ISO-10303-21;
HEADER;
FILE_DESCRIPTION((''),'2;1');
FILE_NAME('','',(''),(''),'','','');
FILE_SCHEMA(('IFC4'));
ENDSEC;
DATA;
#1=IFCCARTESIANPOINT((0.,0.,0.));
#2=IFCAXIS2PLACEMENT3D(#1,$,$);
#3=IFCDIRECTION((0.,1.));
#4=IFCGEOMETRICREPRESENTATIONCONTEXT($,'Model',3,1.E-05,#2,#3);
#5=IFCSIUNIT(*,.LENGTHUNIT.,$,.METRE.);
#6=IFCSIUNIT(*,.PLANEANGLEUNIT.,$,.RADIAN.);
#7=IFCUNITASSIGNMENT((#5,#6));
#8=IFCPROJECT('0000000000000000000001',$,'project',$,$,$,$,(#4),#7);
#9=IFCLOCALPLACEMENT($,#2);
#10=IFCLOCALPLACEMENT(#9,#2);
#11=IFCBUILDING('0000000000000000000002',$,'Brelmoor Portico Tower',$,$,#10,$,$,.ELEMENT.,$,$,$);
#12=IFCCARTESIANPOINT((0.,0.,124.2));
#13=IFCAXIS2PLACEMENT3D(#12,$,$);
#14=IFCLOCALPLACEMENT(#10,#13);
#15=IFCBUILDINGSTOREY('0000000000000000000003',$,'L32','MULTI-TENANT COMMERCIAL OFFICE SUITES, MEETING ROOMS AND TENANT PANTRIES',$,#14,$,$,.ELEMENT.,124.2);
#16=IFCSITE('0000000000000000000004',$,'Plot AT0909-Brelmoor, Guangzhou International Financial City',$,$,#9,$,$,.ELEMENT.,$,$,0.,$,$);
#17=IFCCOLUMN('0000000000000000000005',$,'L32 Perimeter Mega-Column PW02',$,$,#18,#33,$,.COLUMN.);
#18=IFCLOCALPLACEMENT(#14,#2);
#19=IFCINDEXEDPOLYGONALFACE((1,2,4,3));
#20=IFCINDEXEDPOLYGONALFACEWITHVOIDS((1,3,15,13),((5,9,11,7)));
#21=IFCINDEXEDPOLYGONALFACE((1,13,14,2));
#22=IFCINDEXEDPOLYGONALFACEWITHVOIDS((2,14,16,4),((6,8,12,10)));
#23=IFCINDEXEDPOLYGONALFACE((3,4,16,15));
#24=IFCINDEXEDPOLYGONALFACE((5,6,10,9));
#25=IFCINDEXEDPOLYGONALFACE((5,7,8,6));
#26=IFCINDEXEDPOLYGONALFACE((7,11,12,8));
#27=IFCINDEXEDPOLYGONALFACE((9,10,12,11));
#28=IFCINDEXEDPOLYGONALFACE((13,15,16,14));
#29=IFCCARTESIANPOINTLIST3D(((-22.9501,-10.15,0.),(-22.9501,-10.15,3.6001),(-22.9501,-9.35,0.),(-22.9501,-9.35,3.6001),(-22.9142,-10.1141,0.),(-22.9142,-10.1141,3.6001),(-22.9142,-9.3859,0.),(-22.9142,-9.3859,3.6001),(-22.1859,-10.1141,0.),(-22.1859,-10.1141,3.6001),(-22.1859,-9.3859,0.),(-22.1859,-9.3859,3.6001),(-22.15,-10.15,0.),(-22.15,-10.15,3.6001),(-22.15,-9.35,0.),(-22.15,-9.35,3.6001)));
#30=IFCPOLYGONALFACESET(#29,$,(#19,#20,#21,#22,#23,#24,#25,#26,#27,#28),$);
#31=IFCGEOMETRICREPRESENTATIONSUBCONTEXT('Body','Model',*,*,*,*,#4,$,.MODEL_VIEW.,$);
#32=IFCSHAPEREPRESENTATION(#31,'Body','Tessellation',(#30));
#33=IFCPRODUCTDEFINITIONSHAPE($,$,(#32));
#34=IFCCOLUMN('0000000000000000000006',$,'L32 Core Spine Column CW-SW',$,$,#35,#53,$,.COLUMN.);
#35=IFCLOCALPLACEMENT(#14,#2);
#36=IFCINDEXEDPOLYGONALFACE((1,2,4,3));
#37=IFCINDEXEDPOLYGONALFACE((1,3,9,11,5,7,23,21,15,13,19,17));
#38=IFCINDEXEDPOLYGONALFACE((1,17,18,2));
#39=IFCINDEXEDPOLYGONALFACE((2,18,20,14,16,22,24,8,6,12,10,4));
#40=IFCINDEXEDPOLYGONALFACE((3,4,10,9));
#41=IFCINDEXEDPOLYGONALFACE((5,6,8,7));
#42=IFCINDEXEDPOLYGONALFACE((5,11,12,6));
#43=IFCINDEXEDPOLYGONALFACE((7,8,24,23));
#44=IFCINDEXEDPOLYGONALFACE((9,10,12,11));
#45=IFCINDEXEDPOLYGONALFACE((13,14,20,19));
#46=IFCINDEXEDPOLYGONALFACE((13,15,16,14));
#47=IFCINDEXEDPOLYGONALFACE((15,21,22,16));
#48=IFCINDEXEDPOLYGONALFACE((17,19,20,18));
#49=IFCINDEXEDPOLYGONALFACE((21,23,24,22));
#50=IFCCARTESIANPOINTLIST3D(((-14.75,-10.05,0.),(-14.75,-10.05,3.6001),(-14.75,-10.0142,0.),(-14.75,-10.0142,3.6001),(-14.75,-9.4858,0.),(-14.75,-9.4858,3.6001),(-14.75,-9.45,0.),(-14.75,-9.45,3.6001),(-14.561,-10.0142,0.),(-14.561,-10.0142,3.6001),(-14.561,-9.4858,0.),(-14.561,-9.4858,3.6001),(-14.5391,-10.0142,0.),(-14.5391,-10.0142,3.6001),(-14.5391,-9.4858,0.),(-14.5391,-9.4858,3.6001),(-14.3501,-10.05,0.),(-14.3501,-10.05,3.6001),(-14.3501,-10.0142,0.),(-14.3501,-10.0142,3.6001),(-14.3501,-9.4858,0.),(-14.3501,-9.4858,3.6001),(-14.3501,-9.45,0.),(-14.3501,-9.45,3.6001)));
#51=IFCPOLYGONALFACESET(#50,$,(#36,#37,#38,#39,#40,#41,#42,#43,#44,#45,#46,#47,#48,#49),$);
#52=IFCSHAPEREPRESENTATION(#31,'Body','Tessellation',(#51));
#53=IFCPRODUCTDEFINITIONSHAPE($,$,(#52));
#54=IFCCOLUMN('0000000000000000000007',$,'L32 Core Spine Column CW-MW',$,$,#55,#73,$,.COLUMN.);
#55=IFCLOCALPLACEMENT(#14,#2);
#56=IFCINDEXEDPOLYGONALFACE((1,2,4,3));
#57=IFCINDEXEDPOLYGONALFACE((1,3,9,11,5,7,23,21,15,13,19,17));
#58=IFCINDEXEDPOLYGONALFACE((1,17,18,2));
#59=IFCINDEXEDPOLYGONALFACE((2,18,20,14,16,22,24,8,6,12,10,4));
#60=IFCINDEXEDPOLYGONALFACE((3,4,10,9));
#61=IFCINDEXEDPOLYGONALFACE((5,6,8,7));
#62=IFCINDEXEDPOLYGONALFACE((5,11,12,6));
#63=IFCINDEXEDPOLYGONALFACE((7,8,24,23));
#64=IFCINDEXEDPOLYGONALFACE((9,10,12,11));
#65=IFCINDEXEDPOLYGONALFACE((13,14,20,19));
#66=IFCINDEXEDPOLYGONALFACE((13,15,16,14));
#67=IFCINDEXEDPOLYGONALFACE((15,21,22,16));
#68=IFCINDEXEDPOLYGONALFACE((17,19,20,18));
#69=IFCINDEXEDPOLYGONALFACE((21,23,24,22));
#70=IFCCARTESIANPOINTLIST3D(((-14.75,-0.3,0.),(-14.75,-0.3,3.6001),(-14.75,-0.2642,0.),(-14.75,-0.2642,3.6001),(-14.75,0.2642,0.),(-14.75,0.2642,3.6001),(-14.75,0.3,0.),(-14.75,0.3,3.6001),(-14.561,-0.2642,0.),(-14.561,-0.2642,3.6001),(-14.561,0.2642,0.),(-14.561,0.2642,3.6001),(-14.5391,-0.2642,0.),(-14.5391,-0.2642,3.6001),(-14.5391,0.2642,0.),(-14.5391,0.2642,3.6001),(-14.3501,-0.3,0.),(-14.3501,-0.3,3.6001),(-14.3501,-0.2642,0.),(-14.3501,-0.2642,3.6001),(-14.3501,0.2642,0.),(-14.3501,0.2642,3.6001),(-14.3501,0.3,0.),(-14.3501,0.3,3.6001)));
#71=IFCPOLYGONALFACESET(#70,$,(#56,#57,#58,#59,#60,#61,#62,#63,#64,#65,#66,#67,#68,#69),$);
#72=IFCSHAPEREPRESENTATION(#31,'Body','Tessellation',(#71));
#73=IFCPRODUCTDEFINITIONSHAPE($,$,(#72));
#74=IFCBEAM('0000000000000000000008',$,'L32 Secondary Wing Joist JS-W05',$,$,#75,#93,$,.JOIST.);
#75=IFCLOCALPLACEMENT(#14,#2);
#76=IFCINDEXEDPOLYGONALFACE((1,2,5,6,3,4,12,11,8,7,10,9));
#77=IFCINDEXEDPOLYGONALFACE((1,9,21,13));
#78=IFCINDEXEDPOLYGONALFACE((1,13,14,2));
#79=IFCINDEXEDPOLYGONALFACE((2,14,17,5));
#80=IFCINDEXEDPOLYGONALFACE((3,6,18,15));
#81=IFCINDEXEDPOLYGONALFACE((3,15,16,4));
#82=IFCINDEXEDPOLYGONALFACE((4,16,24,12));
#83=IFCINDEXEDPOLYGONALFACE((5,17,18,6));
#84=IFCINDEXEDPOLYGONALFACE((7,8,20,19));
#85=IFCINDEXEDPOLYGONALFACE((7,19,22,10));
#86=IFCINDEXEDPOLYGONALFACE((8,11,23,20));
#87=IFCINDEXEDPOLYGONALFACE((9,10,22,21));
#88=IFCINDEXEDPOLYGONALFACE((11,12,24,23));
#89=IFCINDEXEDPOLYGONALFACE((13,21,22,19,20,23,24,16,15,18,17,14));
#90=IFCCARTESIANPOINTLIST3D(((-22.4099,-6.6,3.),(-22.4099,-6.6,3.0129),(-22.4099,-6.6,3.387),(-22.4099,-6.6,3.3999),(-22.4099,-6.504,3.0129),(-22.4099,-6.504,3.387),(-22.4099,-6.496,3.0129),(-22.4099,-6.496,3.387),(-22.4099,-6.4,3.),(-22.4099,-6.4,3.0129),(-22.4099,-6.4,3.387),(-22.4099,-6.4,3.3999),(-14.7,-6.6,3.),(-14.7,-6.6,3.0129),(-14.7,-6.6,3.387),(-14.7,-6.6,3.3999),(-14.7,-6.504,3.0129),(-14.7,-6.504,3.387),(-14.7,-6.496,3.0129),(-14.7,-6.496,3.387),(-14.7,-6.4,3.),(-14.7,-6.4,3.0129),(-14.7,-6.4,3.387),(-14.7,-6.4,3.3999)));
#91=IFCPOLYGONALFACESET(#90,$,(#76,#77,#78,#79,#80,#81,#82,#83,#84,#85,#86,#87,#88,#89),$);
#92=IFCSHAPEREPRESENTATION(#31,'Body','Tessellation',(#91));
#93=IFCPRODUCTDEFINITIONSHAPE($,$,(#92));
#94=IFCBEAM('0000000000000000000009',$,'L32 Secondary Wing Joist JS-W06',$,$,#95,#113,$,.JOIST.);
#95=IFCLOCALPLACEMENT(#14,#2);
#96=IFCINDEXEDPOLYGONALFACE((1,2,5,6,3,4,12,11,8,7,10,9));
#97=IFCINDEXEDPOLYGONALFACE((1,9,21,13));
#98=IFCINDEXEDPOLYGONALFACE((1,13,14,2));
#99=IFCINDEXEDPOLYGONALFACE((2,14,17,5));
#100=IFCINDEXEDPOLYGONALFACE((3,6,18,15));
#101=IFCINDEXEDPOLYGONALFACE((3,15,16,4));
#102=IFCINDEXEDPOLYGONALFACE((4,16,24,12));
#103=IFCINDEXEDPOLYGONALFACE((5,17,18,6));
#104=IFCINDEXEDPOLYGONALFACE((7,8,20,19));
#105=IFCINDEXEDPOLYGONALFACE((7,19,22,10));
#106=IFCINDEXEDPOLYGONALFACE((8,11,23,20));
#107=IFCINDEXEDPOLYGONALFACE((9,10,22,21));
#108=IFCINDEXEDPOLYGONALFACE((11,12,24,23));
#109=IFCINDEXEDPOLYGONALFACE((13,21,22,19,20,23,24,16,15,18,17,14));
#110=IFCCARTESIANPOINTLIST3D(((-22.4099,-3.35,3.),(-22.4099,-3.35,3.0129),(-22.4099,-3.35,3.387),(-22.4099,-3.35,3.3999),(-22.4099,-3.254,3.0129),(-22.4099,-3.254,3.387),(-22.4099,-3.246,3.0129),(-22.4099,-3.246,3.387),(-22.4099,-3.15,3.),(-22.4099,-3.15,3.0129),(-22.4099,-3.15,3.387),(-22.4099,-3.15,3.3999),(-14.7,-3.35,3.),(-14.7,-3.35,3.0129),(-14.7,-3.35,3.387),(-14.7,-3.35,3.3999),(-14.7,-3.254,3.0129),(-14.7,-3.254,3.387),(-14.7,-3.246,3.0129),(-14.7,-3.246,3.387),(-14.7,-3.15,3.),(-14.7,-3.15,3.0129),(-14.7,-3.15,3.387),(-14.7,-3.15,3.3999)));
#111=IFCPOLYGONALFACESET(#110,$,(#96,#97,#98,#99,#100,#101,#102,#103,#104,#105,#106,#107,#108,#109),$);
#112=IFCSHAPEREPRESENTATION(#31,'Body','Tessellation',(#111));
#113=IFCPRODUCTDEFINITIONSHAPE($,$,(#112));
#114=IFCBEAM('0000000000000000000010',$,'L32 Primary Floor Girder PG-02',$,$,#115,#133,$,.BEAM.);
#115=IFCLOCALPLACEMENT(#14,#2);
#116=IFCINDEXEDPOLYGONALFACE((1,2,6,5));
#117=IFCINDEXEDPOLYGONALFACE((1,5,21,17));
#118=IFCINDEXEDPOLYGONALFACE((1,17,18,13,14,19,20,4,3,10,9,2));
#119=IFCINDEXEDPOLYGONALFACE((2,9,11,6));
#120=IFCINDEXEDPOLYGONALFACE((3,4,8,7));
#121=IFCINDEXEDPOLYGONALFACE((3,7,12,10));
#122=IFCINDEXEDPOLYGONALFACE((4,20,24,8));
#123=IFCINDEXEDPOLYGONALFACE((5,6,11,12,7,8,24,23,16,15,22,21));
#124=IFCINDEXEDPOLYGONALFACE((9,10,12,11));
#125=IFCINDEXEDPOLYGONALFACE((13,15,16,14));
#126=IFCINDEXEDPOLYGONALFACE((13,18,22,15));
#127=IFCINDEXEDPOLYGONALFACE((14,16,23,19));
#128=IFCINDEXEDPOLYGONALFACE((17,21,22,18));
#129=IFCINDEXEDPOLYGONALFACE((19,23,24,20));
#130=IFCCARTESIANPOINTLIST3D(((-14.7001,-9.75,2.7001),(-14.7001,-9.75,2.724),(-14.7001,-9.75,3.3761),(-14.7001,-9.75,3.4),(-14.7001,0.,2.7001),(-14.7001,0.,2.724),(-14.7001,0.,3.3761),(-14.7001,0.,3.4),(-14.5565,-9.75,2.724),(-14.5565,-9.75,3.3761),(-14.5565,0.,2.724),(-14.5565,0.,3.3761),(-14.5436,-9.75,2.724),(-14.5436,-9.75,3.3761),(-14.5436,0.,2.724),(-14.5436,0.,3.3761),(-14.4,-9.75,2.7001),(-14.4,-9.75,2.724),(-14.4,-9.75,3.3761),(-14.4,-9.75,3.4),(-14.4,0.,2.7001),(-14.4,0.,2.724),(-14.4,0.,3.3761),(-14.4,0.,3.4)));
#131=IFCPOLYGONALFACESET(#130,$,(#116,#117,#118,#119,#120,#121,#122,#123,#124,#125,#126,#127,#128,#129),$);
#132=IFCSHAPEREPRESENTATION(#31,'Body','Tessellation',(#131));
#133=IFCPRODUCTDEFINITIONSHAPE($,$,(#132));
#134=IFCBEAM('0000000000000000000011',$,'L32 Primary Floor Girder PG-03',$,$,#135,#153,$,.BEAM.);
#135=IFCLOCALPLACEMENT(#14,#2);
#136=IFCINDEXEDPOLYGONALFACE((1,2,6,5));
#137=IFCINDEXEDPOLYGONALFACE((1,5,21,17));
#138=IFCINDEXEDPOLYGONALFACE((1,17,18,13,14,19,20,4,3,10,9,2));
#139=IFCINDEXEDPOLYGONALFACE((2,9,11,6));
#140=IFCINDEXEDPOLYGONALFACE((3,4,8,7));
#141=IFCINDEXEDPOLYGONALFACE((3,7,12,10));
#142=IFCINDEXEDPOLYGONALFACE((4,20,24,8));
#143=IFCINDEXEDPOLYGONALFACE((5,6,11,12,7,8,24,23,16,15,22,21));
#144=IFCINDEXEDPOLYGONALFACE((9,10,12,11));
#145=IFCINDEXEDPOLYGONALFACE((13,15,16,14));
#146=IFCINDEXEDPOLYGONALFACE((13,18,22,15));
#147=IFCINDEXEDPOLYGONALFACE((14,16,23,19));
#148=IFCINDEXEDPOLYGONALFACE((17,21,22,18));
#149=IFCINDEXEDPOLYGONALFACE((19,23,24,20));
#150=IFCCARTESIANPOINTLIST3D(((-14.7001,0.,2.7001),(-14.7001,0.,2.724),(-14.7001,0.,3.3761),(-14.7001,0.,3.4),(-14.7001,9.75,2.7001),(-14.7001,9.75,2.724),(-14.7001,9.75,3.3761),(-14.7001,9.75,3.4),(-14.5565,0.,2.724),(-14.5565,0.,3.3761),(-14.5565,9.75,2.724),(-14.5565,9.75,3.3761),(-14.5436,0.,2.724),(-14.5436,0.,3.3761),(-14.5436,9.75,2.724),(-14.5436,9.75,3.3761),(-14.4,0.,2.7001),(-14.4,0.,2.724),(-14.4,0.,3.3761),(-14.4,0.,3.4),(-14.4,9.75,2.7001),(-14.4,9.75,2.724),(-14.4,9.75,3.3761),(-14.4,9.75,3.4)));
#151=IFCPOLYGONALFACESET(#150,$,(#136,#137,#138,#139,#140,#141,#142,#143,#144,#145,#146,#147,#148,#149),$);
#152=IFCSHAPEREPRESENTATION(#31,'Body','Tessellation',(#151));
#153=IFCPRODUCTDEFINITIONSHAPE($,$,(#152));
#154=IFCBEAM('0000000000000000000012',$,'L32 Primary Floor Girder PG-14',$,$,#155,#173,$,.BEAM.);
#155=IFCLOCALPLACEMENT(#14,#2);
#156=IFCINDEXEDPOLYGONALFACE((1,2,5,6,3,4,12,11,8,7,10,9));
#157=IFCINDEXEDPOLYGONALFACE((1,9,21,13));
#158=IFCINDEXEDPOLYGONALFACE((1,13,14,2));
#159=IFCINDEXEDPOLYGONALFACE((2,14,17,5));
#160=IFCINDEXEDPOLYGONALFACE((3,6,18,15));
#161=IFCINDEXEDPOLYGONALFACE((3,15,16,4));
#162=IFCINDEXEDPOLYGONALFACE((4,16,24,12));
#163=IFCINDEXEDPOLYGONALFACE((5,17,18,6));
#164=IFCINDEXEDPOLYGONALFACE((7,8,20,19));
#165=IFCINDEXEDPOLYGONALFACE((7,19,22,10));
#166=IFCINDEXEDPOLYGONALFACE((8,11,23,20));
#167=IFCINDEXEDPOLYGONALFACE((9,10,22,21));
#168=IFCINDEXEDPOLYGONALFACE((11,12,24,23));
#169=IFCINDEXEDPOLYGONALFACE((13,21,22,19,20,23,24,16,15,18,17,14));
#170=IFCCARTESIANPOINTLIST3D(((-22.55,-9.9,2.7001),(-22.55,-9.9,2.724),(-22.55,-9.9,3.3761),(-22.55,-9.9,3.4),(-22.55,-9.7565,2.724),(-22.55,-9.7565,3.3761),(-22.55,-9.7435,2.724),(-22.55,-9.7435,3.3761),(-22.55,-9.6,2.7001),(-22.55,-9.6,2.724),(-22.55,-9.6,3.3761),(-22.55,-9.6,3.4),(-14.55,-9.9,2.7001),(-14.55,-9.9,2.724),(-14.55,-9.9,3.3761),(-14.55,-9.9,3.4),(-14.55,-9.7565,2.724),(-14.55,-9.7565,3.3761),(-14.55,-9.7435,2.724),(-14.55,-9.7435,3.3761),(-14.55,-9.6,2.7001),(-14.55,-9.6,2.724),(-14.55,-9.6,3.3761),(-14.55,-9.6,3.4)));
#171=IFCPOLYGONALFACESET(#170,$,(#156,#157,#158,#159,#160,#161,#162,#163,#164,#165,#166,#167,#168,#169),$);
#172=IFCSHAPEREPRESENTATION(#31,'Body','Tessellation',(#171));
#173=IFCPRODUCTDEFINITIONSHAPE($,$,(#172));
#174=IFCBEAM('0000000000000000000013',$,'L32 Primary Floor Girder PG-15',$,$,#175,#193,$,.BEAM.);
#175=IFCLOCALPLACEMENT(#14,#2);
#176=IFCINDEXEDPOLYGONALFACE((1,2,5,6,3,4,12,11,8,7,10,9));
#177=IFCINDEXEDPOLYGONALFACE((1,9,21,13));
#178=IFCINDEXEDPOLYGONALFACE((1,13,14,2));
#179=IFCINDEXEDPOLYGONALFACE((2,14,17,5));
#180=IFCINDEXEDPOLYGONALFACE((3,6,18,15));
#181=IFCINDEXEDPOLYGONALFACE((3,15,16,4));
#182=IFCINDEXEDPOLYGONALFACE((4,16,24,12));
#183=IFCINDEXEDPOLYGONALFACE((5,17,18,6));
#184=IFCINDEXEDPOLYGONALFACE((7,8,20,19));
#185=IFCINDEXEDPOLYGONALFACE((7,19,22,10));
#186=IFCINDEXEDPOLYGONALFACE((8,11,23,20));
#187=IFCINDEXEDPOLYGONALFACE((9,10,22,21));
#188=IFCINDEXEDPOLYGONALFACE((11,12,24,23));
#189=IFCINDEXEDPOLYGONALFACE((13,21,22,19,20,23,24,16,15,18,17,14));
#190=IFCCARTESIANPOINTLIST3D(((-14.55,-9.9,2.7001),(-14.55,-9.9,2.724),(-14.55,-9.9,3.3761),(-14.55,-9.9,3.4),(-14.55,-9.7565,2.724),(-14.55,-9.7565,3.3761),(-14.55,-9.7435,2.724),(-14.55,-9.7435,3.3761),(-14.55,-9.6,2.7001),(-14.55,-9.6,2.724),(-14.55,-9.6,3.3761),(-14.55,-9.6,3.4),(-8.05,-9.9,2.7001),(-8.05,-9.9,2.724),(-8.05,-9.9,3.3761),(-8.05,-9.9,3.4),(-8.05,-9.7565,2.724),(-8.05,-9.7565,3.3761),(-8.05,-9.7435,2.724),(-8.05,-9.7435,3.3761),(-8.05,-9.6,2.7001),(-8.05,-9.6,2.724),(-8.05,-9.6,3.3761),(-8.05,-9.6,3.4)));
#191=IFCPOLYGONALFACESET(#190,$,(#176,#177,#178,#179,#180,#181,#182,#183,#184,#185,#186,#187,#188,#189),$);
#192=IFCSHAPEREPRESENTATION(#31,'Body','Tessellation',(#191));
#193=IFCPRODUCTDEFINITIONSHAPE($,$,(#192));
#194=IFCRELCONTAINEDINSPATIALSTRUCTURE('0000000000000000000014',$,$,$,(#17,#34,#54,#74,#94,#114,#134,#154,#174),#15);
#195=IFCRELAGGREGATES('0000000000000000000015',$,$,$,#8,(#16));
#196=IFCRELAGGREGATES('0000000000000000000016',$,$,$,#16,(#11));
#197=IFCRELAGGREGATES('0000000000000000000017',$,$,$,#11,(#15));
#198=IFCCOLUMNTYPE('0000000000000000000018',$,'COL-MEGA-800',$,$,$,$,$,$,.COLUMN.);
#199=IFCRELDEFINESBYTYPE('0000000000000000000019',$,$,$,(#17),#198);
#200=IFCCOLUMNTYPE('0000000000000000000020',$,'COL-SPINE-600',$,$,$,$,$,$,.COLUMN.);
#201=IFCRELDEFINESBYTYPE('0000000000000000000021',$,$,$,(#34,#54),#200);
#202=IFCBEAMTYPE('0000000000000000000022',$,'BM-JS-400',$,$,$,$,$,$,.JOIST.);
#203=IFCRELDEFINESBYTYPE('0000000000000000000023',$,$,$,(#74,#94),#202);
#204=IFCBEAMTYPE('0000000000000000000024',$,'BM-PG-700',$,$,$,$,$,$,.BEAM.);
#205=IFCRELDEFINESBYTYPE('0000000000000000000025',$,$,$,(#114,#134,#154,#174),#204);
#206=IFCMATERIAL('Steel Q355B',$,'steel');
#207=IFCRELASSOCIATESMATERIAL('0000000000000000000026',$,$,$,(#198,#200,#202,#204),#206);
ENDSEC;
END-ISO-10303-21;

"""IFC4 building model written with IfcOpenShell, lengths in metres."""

from ifc_helpers import new_model, si_unit, direction, frame, origin, origin_2d, place, context, subcontext, project, spatial, hollow_rectangle, i_section, extrude, material, material_profile, profile_set, type_object, element, save


model = new_model("IFC4")

# Units and contexts
model_context = context("Model", 3, precision=1e-05, world=origin(), true_north=direction((0.0, 1.0)))
body_context = subcontext(model_context, "Body", "Model", "MODEL_VIEW")
ifc_project = project(units=[si_unit("LENGTHUNIT", "METRE"), si_unit("PLANEANGLEUNIT", "RADIAN")], contexts=[model_context])

# Site, building, storey
site_placement = place(None, origin())
site = spatial("IfcSite", under=ifc_project, at=site_placement, Name="Plot AT0909-Brelmoor, Guangzhou International Financial City", CompositionType="ELEMENT", RefElevation=0.0)
building_placement = place(site_placement, origin())
building = spatial("IfcBuilding", under=site, at=building_placement, Name="Brelmoor Portico Tower", CompositionType="ELEMENT")
storey_placement = place(building_placement, frame((0.0, 0.0, 124.2)))
storey = spatial("IfcBuildingStorey", under=building, at=storey_placement, Name="L32", Description="MULTI-TENANT COMMERCIAL OFFICE SUITES, MEETING ROOMS AND TENANT PANTRIES", CompositionType="ELEMENT", Elevation=124.2)

# Columns
ifc_material_1 = material(Name="Steel Q355B", Category="steel")
ifc_material_profile_1 = material_profile(ifc_material_1, hollow_rectangle(XDim=0.8, YDim=0.8, WallThickness=0.0359, at=origin_2d()), Name="BOX 800x800x36")
ifc_profile_set_1 = profile_set([ifc_material_profile_1], Name="Steel Q355B")
column_type_1 = type_object("IfcColumnType", Name="COL-MEGA-800", PredefinedType="COLUMN", material=ifc_profile_set_1)
column_placement = place(storey_placement, frame((-22.55, -9.75, 0.0), z_axis=(0.0, 0.0, 1.0), x_axis=(0.0, 1.0, 0.0)))
element("IfcColumn", 1, at=column_placement, inside=storey, type_object=column_type_1, Name="L32 Perimeter Mega-Column PW02", PredefinedType="COLUMN", context=body_context, shape_type="SweptSolid", body=[
    extrude(hollow_rectangle(XDim=0.8, YDim=0.8, WallThickness=0.0359, at=origin_2d()), origin(), (0.0, 0.0, 1.0), 3.6001),
])
ifc_material_profile_2 = material_profile(ifc_material_1, i_section(OverallWidth=0.3999, OverallDepth=0.6001, WebThickness=0.022, FlangeThickness=0.0359, at=origin_2d()), Name="HW 600x400x22x36")
ifc_profile_set_2 = profile_set([ifc_material_profile_2], Name="Steel Q355B")
column_type_2 = type_object("IfcColumnType", Name="COL-SPINE-600", PredefinedType="COLUMN", material=ifc_profile_set_2)
for number, where, z_axis, x_axis, name in (
    (2, (-14.55, -9.75, 0.0), (0.0, 0.0, 1.0), (1.0, 0.0, 0.0), "L32 Core Spine Column CW-SW"),
    (3, (-14.55, 0.0, 0.0), (0.0, 0.0, 1.0), (1.0, 0.0, 0.0), "L32 Core Spine Column CW-MW"),
):
    element("IfcColumn", number, at=place(storey_placement, frame(where, z_axis=z_axis, x_axis=x_axis)), inside=storey, type_object=column_type_2, Name=name, PredefinedType="COLUMN", context=body_context, shape_type="SweptSolid", body=[
        extrude(i_section(OverallWidth=0.3999, OverallDepth=0.6001, WebThickness=0.022, FlangeThickness=0.0359, at=origin_2d()), origin(), (0.0, 0.0, 1.0), 3.6001),
    ])

# Beams
ifc_material_profile_3 = material_profile(ifc_material_1, i_section(OverallWidth=0.2, OverallDepth=0.3999, WebThickness=0.0081, FlangeThickness=0.0129, at=origin_2d()), Name="HN 400x200x8x13")
ifc_profile_set_3 = profile_set([ifc_material_profile_3], Name="Steel Q355B")
beam_type_1 = type_object("IfcBeamType", Name="BM-JS-400", PredefinedType="JOIST", material=ifc_profile_set_3)
for number, where, z_axis, x_axis, name in (
    (4, (-22.4099, -6.5, 3.2), (1.0, 0.0, 0.0), (0.0, 1.0, 0.0), "L32 Secondary Wing Joist JS-W05"),
    (5, (-22.4099, -3.25, 3.2), (1.0, 0.0, 0.0), (0.0, 1.0, 0.0), "L32 Secondary Wing Joist JS-W06"),
):
    element("IfcBeam", number, at=place(storey_placement, frame(where, z_axis=z_axis, x_axis=x_axis)), inside=storey, type_object=beam_type_1, Name=name, PredefinedType="JOIST", context=body_context, shape_type="SweptSolid", body=[
        extrude(i_section(OverallWidth=0.2, OverallDepth=0.3999, WebThickness=0.0081, FlangeThickness=0.0129, at=origin_2d()), origin(), (0.0, 0.0, 1.0), 7.71),
    ])
ifc_material_profile_4 = material_profile(ifc_material_1, i_section(OverallWidth=0.3, OverallDepth=0.7, WebThickness=0.0129, FlangeThickness=0.0239, at=origin_2d()), Name="HN 700x300x13x24")
ifc_profile_set_4 = profile_set([ifc_material_profile_4], Name="Steel Q355B")
beam_type_2 = type_object("IfcBeamType", Name="BM-PG-700", PredefinedType="BEAM", material=ifc_profile_set_4)
for number, where, z_axis, x_axis, name in (
    (6, (-14.55, -9.75, 3.05), (0.0, 1.0, 0.0), (-1.0, 0.0, 0.0), "L32 Primary Floor Girder PG-02"),
    (7, (-14.55, 0.0, 3.05), (0.0, 1.0, 0.0), (-1.0, 0.0, 0.0), "L32 Primary Floor Girder PG-03"),
):
    element("IfcBeam", number, at=place(storey_placement, frame(where, z_axis=z_axis, x_axis=x_axis)), inside=storey, type_object=beam_type_2, Name=name, PredefinedType="BEAM", context=body_context, shape_type="SweptSolid", body=[
        extrude(i_section(OverallWidth=0.3, OverallDepth=0.7, WebThickness=0.0129, FlangeThickness=0.0239, at=origin_2d()), origin(), (0.0, 0.0, 1.0), 9.75),
    ])
beam_1_placement = place(storey_placement, frame((-22.55, -9.75, 3.05), z_axis=(1.0, 0.0, 0.0), x_axis=(0.0, 1.0, 0.0)))
element("IfcBeam", 8, at=beam_1_placement, inside=storey, type_object=beam_type_2, Name="L32 Primary Floor Girder PG-14", PredefinedType="BEAM", context=body_context, shape_type="SweptSolid", body=[
    extrude(i_section(OverallWidth=0.3, OverallDepth=0.7, WebThickness=0.0129, FlangeThickness=0.0239, at=origin_2d()), origin(), (0.0, 0.0, 1.0), 8.0),
])
beam_2_placement = place(storey_placement, frame((-14.55, -9.75, 3.05), z_axis=(1.0, 0.0, 0.0), x_axis=(0.0, 1.0, 0.0)))
element("IfcBeam", 9, at=beam_2_placement, inside=storey, type_object=beam_type_2, Name="L32 Primary Floor Girder PG-15", PredefinedType="BEAM", context=body_context, shape_type="SweptSolid", body=[
    extrude(i_section(OverallWidth=0.3, OverallDepth=0.7, WebThickness=0.0129, FlangeThickness=0.0239, at=origin_2d()), origin(), (0.0, 0.0, 1.0), 6.5),
])

save(model, "model.ifc")
